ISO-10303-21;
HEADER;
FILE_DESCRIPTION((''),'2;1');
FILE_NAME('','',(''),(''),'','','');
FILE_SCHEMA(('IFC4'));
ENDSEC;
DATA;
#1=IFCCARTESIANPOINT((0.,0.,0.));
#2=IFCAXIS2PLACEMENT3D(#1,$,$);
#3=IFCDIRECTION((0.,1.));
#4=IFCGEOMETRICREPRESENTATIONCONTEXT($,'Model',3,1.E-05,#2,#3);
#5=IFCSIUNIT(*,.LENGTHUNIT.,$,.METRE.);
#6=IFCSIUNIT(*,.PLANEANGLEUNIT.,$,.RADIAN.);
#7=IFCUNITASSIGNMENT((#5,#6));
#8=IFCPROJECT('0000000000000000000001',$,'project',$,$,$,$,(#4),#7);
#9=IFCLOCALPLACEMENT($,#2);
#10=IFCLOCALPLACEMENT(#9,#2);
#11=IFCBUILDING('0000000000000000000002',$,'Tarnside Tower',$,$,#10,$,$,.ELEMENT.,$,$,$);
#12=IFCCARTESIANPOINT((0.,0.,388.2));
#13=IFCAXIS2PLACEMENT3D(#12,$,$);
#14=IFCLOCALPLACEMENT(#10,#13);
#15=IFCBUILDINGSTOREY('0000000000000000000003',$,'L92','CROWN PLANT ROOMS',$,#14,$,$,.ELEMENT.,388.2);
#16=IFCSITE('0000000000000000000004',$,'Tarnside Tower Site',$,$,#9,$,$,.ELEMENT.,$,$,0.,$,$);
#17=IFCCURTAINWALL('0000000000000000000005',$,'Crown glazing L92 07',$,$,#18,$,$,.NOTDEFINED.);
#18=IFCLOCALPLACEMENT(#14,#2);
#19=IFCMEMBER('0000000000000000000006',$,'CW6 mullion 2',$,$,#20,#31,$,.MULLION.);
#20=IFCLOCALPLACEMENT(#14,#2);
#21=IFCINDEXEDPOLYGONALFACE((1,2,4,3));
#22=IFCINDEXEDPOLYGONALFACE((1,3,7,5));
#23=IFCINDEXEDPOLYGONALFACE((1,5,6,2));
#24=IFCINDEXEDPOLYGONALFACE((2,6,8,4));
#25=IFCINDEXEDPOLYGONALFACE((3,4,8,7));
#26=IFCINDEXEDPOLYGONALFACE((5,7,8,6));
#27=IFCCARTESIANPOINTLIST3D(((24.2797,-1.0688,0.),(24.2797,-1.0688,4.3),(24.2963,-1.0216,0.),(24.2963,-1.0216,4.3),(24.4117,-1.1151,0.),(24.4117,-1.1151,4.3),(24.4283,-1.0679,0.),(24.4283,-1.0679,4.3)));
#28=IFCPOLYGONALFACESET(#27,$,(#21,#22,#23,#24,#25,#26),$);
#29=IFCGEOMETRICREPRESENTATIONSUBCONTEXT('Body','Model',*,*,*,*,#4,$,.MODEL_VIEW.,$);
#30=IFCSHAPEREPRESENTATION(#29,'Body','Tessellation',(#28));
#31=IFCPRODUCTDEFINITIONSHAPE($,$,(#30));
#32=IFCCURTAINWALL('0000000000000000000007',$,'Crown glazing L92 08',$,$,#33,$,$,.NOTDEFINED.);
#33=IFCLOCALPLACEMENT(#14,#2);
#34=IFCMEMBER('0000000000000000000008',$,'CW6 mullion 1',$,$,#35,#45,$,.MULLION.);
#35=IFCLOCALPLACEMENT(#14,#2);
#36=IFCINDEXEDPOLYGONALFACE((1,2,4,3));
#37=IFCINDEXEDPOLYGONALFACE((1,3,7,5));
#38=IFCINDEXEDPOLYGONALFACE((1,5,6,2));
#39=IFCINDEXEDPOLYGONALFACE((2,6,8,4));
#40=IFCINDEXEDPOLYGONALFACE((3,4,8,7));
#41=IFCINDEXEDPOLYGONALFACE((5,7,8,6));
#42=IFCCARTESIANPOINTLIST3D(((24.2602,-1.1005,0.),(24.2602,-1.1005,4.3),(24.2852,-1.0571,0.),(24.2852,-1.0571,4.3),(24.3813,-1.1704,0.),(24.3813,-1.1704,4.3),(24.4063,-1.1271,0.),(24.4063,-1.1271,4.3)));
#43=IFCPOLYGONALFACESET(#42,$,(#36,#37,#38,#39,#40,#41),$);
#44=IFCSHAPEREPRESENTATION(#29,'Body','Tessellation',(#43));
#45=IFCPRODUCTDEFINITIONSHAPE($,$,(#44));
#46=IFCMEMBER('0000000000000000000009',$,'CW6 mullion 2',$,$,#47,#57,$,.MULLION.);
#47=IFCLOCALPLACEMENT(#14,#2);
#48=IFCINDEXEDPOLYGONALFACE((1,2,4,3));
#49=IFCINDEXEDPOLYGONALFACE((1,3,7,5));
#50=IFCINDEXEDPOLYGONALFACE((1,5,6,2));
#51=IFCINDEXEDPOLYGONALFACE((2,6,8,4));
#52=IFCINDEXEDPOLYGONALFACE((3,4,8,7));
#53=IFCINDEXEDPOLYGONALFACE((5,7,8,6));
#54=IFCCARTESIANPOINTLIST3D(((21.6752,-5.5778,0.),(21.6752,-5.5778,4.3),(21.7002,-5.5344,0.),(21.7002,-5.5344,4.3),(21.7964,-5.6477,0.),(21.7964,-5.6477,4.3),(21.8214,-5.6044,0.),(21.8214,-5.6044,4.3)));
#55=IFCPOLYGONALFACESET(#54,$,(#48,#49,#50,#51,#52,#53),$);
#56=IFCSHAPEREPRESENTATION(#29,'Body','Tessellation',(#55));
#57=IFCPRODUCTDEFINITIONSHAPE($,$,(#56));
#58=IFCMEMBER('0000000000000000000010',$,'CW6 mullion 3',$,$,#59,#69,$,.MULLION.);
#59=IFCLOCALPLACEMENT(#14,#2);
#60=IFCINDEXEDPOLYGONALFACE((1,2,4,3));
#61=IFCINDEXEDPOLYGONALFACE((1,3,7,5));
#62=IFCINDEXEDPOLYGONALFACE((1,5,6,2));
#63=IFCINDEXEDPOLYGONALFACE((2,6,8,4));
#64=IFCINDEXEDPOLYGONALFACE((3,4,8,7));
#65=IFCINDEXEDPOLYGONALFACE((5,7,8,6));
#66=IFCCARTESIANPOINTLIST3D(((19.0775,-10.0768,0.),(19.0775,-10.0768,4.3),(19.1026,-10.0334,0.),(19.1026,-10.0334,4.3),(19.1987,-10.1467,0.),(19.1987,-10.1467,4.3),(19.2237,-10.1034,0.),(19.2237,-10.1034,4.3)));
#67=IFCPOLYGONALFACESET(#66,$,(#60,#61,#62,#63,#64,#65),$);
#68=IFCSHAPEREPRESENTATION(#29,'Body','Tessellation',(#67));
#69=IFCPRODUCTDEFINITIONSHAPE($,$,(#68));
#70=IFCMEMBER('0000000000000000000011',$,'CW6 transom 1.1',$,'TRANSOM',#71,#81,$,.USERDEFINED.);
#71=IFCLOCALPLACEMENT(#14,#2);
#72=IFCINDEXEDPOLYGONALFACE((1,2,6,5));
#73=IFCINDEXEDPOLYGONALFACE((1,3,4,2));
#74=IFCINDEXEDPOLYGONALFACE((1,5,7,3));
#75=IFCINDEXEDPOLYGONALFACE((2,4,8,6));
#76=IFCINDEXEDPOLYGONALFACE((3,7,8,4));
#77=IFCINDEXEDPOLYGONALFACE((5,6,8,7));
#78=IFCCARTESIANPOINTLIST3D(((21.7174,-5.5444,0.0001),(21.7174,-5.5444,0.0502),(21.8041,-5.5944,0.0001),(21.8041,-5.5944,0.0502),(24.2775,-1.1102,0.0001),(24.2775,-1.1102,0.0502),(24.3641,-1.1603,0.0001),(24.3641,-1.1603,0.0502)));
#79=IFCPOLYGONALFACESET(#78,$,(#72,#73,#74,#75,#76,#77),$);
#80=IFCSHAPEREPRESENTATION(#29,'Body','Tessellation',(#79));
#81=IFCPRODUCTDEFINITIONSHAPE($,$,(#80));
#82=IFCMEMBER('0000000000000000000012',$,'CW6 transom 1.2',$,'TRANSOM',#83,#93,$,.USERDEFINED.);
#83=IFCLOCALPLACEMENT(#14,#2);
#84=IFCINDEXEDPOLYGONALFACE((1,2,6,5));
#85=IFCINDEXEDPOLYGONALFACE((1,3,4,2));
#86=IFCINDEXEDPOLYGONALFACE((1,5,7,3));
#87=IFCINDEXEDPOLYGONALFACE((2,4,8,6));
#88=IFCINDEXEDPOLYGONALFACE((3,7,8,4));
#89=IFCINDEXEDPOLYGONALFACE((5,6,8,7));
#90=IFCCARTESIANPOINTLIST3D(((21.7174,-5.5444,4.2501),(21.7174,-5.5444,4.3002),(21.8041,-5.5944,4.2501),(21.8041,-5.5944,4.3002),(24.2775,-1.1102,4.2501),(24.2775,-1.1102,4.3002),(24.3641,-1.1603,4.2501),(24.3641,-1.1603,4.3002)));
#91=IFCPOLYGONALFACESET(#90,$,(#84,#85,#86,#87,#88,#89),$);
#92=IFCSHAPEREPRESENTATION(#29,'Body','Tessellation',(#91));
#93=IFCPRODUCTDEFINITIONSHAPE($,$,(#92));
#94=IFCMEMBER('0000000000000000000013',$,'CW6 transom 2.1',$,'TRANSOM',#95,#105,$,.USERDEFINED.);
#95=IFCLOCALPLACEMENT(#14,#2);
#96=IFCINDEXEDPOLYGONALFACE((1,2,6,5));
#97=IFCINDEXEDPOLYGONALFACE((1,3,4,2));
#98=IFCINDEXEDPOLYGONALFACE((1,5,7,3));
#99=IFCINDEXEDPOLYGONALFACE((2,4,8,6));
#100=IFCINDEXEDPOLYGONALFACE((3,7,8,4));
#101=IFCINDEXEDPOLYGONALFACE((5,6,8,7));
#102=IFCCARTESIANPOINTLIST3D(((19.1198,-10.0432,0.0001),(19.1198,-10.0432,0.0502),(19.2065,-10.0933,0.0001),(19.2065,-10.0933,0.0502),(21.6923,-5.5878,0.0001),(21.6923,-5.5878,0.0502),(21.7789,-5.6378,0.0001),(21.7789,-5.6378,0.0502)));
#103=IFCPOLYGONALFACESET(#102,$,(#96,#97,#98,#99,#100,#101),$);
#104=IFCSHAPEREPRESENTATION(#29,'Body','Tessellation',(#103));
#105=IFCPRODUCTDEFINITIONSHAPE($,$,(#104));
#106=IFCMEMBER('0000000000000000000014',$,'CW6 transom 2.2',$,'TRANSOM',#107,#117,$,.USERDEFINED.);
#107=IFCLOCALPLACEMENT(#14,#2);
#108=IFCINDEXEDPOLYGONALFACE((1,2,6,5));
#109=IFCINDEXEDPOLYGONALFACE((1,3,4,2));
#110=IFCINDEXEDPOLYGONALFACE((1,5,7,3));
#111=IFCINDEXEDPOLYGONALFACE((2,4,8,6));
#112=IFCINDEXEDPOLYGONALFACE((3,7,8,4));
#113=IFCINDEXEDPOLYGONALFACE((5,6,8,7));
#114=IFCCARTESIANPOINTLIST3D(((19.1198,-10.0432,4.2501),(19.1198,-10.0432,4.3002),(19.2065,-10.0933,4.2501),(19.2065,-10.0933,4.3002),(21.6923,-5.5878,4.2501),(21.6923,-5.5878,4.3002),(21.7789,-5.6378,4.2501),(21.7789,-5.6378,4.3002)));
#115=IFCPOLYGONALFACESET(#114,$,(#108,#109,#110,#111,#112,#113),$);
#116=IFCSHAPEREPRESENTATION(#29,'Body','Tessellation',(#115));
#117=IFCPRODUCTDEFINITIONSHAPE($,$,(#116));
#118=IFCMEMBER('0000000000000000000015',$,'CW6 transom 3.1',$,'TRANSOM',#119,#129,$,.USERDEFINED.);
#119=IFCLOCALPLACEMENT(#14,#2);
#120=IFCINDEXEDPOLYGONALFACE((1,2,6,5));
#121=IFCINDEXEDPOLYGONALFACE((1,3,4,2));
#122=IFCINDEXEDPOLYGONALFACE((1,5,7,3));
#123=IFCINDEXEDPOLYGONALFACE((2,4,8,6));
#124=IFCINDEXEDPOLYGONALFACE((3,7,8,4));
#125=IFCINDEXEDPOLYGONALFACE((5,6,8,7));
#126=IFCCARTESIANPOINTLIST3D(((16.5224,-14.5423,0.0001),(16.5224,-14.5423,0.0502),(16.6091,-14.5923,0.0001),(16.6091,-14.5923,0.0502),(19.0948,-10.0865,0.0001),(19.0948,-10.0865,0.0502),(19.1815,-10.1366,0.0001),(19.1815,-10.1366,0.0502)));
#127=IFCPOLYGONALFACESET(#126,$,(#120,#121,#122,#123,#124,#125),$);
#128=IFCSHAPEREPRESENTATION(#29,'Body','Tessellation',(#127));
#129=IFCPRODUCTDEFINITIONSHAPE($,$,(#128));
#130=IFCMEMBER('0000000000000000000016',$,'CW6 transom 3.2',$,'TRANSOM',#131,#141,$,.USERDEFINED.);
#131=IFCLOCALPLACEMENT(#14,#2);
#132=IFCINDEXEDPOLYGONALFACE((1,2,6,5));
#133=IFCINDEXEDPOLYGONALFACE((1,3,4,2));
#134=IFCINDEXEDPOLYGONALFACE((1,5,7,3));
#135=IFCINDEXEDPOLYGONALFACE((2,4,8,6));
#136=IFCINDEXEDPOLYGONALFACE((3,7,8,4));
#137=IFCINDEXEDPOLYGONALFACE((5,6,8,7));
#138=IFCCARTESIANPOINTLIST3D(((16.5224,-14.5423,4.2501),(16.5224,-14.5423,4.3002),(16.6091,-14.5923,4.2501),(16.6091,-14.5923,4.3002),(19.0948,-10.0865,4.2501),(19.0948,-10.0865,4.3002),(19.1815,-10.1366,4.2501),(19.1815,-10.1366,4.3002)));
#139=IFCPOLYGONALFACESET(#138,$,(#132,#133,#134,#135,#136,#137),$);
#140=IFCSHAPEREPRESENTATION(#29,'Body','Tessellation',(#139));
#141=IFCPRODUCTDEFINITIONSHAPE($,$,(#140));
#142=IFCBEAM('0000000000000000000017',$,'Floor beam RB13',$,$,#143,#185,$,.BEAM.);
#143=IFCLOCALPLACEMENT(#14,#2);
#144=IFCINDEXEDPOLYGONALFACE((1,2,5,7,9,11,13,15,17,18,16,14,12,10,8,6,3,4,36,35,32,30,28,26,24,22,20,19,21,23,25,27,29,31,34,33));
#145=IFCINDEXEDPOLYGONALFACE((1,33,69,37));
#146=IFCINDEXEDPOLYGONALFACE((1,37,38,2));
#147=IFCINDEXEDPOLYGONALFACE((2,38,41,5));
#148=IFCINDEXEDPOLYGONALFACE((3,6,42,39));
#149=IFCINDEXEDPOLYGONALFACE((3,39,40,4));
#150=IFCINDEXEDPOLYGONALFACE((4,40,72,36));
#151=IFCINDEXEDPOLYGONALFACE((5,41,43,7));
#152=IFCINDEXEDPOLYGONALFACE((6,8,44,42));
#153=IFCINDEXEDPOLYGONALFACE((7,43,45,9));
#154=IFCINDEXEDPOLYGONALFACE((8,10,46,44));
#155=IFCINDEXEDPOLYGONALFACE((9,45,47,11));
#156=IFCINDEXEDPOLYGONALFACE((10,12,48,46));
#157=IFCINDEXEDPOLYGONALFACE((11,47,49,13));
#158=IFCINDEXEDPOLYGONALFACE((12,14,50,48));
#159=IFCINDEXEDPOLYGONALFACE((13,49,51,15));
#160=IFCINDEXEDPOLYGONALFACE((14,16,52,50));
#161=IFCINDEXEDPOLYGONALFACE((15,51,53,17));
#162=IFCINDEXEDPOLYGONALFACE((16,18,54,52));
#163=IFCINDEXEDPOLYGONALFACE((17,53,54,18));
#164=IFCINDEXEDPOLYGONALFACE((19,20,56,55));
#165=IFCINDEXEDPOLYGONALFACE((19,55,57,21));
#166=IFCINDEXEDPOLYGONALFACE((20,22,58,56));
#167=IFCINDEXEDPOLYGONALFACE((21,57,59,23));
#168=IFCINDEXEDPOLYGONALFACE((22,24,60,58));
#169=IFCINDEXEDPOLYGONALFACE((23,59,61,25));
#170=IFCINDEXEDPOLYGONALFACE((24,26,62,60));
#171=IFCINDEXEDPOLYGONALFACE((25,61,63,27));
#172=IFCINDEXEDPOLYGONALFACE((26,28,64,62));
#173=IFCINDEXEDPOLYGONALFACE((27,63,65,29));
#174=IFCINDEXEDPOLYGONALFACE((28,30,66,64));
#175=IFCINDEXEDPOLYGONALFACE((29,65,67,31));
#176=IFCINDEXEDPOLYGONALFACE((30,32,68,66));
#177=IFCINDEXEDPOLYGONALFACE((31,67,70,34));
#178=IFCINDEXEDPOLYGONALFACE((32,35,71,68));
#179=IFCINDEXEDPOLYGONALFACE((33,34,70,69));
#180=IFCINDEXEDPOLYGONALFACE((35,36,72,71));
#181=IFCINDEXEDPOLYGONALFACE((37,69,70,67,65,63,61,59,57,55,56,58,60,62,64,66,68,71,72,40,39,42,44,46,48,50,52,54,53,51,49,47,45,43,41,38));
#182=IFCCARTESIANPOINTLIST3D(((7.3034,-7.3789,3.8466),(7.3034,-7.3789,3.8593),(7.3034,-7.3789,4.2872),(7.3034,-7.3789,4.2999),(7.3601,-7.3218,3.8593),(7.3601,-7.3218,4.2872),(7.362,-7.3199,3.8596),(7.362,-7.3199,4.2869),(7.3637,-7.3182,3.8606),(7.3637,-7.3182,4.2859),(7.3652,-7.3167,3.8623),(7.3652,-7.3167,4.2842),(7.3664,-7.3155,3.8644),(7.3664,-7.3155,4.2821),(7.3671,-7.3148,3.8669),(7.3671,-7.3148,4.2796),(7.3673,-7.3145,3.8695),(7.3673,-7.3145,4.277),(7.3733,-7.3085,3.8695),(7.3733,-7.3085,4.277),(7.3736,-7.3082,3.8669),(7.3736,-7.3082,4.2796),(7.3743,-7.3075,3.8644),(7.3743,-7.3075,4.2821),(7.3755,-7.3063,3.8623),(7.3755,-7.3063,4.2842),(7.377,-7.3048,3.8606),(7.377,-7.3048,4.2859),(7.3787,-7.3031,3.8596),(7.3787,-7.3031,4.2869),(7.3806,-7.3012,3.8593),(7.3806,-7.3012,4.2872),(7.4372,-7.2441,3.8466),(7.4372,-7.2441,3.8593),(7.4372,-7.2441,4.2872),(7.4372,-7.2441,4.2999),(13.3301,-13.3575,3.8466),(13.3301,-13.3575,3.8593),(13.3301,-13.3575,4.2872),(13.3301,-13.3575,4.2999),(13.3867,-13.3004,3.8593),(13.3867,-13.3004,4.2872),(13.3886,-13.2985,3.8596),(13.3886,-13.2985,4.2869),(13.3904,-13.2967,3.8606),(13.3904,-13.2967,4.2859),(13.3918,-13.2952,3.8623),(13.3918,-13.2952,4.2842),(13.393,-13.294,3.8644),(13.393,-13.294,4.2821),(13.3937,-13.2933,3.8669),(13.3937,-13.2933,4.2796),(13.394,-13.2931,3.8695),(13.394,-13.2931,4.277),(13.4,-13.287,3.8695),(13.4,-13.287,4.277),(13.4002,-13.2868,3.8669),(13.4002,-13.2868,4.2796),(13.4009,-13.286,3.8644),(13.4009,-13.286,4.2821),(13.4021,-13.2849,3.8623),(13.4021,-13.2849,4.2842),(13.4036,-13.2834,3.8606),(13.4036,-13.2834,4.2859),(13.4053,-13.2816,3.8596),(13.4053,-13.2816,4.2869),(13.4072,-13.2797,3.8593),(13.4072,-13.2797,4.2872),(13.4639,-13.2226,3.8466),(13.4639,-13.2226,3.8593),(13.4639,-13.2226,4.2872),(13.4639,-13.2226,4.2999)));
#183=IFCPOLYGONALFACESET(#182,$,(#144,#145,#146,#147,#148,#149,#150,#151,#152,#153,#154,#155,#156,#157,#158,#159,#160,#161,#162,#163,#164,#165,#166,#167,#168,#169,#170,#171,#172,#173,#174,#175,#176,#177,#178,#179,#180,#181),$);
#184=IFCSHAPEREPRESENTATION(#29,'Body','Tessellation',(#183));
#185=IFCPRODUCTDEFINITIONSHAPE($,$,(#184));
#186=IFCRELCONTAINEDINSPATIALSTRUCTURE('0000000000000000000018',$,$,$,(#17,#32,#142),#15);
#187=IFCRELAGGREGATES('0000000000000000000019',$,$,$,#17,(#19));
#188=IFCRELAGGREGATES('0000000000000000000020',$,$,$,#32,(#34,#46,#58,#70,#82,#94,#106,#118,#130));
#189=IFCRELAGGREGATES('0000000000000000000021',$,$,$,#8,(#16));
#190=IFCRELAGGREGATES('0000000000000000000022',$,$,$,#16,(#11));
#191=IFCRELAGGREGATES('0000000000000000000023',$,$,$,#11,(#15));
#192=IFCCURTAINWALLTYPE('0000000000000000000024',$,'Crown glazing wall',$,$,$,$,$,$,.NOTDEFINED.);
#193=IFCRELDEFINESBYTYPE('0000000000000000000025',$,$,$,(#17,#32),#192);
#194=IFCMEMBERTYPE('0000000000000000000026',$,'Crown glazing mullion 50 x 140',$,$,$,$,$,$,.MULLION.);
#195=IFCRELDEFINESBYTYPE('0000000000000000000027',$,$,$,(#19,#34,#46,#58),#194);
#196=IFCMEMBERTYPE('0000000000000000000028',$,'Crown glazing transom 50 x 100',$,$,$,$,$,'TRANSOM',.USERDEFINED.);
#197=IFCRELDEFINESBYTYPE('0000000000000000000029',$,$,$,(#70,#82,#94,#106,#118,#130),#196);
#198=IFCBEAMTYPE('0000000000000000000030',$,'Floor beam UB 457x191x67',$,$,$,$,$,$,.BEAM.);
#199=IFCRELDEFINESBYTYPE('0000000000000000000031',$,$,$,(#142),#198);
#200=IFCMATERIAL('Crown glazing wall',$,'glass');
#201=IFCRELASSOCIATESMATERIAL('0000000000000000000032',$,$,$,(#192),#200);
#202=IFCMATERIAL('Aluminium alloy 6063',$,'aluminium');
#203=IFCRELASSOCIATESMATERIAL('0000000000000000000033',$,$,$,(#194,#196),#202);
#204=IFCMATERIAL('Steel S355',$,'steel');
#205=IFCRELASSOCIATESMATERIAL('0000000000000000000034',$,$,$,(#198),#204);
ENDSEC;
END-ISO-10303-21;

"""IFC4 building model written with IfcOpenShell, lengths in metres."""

from ifc_helpers import new_model, si_unit, direction, frame, origin, origin_2d, place, context, subcontext, project, spatial, rectangle, i_section, extrude, material, material_profile, profile_set, type_object, element, aggregate, save


model = new_model("IFC4")

# Units and contexts
model_context = context("Model", 3, precision=1e-05, world=origin(), true_north=direction((0.0, 1.0)))
body_context = subcontext(model_context, "Body", "Model", "MODEL_VIEW")
ifc_project = project(units=[si_unit("LENGTHUNIT", "METRE"), si_unit("PLANEANGLEUNIT", "RADIAN")], contexts=[model_context])

# Site, building, storey
site_placement = place(None, origin())
site = spatial("IfcSite", under=ifc_project, at=site_placement, Name="Tarnside Tower Site", CompositionType="ELEMENT", RefElevation=0.0)
building_placement = place(site_placement, origin())
building = spatial("IfcBuilding", under=site, at=building_placement, Name="Tarnside Tower", CompositionType="ELEMENT")
storey_placement = place(building_placement, frame((0.0, 0.0, 388.2)))
storey = spatial("IfcBuildingStorey", under=building, at=storey_placement, Name="L92", Description="CROWN PLANT ROOMS", CompositionType="ELEMENT", Elevation=388.2)

# Curtain wall, member
ifc_material_1 = material(Name="Crown glazing wall", Category="glass")
curtain_wall_type = type_object("IfcCurtainWallType", Name="Crown glazing wall", PredefinedType="NOTDEFINED", material=ifc_material_1)
curtain_wall_1_placement = place(storey_placement, origin())
curtain_wall_1 = element("IfcCurtainWall", 1, at=curtain_wall_1_placement, inside=storey, type_object=curtain_wall_type, Name="Crown glazing L92 07", PredefinedType="NOTDEFINED")
ifc_material_2 = material(Name="Aluminium alloy 6063", Category="aluminium")
ifc_material_profile_1 = material_profile(ifc_material_2, rectangle(XDim=0.1399, YDim=0.05, at=origin_2d()), Name="Crown glazing mullion 50 x 140")
ifc_profile_set_1 = profile_set([ifc_material_profile_1], Name="Aluminium alloy 6063")
member_type_1 = type_object("IfcMemberType", Name="Crown glazing mullion 50 x 140", PredefinedType="MULLION", material=ifc_profile_set_1)
member_1_placement = place(storey_placement, frame((24.354, -1.0684, 0.0), z_axis=(0.0, 0.0, 1.0), x_axis=(0.943609, -0.331063, 0.0)))
member_1 = element("IfcMember", 2, at=member_1_placement, type_object=member_type_1, Name="CW6 mullion 2", PredefinedType="MULLION", context=body_context, shape_type="SweptSolid", body=[
    extrude(rectangle(XDim=0.1399, YDim=0.05, at=origin_2d()), origin(), (0.0, 0.0, 1.0), 4.3),
])

# Curtain wall, members
curtain_wall_2_placement = place(storey_placement, origin())
curtain_wall_2 = element("IfcCurtainWall", 3, at=curtain_wall_2_placement, inside=storey, type_object=curtain_wall_type, Name="Crown glazing L92 08", PredefinedType="NOTDEFINED")
member_2_placement = place(storey_placement, frame((24.3333, -1.1138, 0.0), z_axis=(0.0, 0.0, 1.0), x_axis=(0.866025, -0.5, 0.0)))
member_2 = element("IfcMember", 4, at=member_2_placement, type_object=member_type_1, Name="CW6 mullion 1", PredefinedType="MULLION", context=body_context, shape_type="SweptSolid", body=[
    extrude(rectangle(XDim=0.1399, YDim=0.05, at=origin_2d()), origin(), (0.0, 0.0, 1.0), 4.3),
])
member_3_placement = place(storey_placement, frame((21.7483, -5.5911, 0.0), z_axis=(0.0, 0.0, 1.0), x_axis=(0.866025, -0.5, 0.0)))
member_3 = element("IfcMember", 5, at=member_3_placement, type_object=member_type_1, Name="CW6 mullion 2", PredefinedType="MULLION", context=body_context, shape_type="SweptSolid", body=[
    extrude(rectangle(XDim=0.1399, YDim=0.05, at=origin_2d()), origin(), (0.0, 0.0, 1.0), 4.3),
])
member_4_placement = place(storey_placement, frame((19.1506, -10.0901, 0.0), z_axis=(0.0, 0.0, 1.0), x_axis=(0.866025, -0.5, 0.0)))
member_4 = element("IfcMember", 6, at=member_4_placement, type_object=member_type_1, Name="CW6 mullion 3", PredefinedType="MULLION", context=body_context, shape_type="SweptSolid", body=[
    extrude(rectangle(XDim=0.1399, YDim=0.05, at=origin_2d()), origin(), (0.0, 0.0, 1.0), 4.3),
])
ifc_material_profile_2 = material_profile(ifc_material_2, rectangle(XDim=0.1001, YDim=0.05, at=origin_2d()), Name="Crown glazing transom 50 x 100")
ifc_profile_set_2 = profile_set([ifc_material_profile_2], Name="Aluminium alloy 6063")
member_type_2 = type_object("IfcMemberType", Name="Crown glazing transom 50 x 100", ElementType="TRANSOM", PredefinedType="USERDEFINED", material=ifc_profile_set_2)
member_5_placement = place(storey_placement, frame((24.3208, -1.1353, 0.0251), z_axis=(-0.500006, -0.866022, 0.0), x_axis=(0.866022, -0.500006, 0.0)))
member_5 = element("IfcMember", 7, at=member_5_placement, type_object=member_type_2, Name="CW6 transom 1.1", ObjectType="TRANSOM", PredefinedType="USERDEFINED", context=body_context, shape_type="SweptSolid", body=[
    extrude(rectangle(XDim=0.1001, YDim=0.05, at=origin_2d()), origin(), (0.0, 0.0, 1.0), 5.1201),
])
member_6_placement = place(storey_placement, frame((24.3208, -1.1353, 4.2751), z_axis=(-0.500006, -0.866022, 0.0), x_axis=(0.866022, -0.500006, 0.0)))
member_6 = element("IfcMember", 8, at=member_6_placement, type_object=member_type_2, Name="CW6 transom 1.2", ObjectType="TRANSOM", PredefinedType="USERDEFINED", context=body_context, shape_type="SweptSolid", body=[
    extrude(rectangle(XDim=0.1001, YDim=0.05, at=origin_2d()), origin(), (0.0, 0.0, 1.0), 5.1201),
])
member_7_placement = place(storey_placement, frame((21.7356, -5.6128, 0.0251), z_axis=(-0.500013, -0.866018, 0.0), x_axis=(0.866018, -0.500013, 0.0)))
member_7 = element("IfcMember", 9, at=member_7_placement, type_object=member_type_2, Name="CW6 transom 2.1", ObjectType="TRANSOM", PredefinedType="USERDEFINED", context=body_context, shape_type="SweptSolid", body=[
    extrude(rectangle(XDim=0.1001, YDim=0.05, at=origin_2d()), origin(), (0.0, 0.0, 1.0), 5.1448),
])
member_8_placement = place(storey_placement, frame((21.7356, -5.6128, 4.2751), z_axis=(-0.500013, -0.866018, 0.0), x_axis=(0.866018, -0.500013, 0.0)))
member_8 = element("IfcMember", 10, at=member_8_placement, type_object=member_type_2, Name="CW6 transom 2.2", ObjectType="TRANSOM", PredefinedType="USERDEFINED", context=body_context, shape_type="SweptSolid", body=[
    extrude(rectangle(XDim=0.1001, YDim=0.05, at=origin_2d()), origin(), (0.0, 0.0, 1.0), 5.1448),
])
member_9_placement = place(storey_placement, frame((19.1382, -10.1116, 0.0251), z_axis=(-0.499992, -0.86603, 0.0), x_axis=(0.86603, -0.499992, 0.0)))
member_9 = element("IfcMember", 11, at=member_9_placement, type_object=member_type_2, Name="CW6 transom 3.1", ObjectType="TRANSOM", PredefinedType="USERDEFINED", context=body_context, shape_type="SweptSolid", body=[
    extrude(rectangle(XDim=0.1001, YDim=0.05, at=origin_2d()), origin(), (0.0, 0.0, 1.0), 5.145),
])
member_10_placement = place(storey_placement, frame((19.1382, -10.1116, 4.2751), z_axis=(-0.499992, -0.86603, 0.0), x_axis=(0.86603, -0.499992, 0.0)))
member_10 = element("IfcMember", 12, at=member_10_placement, type_object=member_type_2, Name="CW6 transom 3.2", ObjectType="TRANSOM", PredefinedType="USERDEFINED", context=body_context, shape_type="SweptSolid", body=[
    extrude(rectangle(XDim=0.1001, YDim=0.05, at=origin_2d()), origin(), (0.0, 0.0, 1.0), 5.145),
])

# Beam
ifc_material_3 = material(Name="Steel S355", Category="steel")
ifc_material_profile_3 = material_profile(ifc_material_3, i_section(OverallWidth=0.1899, OverallDepth=0.4534, WebThickness=0.0085, FlangeThickness=0.0127, FilletRadius=0.0103, at=origin_2d()), Name="UB 457x191x67")
ifc_profile_set_3 = profile_set([ifc_material_profile_3], Name="Steel S355")
beam_type_1 = type_object("IfcBeamType", Name="Floor beam UB 457x191x67", PredefinedType="BEAM", material=ifc_profile_set_3)
beam_1_placement = place(storey_placement, frame((13.397, -13.29, 4.0732), z_axis=(-0.709934, 0.704268, 0.0), x_axis=(-0.704268, -0.709934, 0.0)))
element("IfcBeam", 13, at=beam_1_placement, inside=storey, type_object=beam_type_1, Name="Floor beam RB13", PredefinedType="BEAM", context=body_context, shape_type="SweptSolid", body=[
    extrude(i_section(OverallWidth=0.1899, OverallDepth=0.4534, WebThickness=0.0085, FlangeThickness=0.0127, FilletRadius=0.0103, at=origin_2d()), origin(), (0.0, 0.0, 1.0), 8.489),
])

aggregate(curtain_wall_1, [member_1])
aggregate(curtain_wall_2, [member_2, member_3, member_4, member_5, member_6, member_7, member_8, member_9, member_10])

save(model, "model.ifc")
